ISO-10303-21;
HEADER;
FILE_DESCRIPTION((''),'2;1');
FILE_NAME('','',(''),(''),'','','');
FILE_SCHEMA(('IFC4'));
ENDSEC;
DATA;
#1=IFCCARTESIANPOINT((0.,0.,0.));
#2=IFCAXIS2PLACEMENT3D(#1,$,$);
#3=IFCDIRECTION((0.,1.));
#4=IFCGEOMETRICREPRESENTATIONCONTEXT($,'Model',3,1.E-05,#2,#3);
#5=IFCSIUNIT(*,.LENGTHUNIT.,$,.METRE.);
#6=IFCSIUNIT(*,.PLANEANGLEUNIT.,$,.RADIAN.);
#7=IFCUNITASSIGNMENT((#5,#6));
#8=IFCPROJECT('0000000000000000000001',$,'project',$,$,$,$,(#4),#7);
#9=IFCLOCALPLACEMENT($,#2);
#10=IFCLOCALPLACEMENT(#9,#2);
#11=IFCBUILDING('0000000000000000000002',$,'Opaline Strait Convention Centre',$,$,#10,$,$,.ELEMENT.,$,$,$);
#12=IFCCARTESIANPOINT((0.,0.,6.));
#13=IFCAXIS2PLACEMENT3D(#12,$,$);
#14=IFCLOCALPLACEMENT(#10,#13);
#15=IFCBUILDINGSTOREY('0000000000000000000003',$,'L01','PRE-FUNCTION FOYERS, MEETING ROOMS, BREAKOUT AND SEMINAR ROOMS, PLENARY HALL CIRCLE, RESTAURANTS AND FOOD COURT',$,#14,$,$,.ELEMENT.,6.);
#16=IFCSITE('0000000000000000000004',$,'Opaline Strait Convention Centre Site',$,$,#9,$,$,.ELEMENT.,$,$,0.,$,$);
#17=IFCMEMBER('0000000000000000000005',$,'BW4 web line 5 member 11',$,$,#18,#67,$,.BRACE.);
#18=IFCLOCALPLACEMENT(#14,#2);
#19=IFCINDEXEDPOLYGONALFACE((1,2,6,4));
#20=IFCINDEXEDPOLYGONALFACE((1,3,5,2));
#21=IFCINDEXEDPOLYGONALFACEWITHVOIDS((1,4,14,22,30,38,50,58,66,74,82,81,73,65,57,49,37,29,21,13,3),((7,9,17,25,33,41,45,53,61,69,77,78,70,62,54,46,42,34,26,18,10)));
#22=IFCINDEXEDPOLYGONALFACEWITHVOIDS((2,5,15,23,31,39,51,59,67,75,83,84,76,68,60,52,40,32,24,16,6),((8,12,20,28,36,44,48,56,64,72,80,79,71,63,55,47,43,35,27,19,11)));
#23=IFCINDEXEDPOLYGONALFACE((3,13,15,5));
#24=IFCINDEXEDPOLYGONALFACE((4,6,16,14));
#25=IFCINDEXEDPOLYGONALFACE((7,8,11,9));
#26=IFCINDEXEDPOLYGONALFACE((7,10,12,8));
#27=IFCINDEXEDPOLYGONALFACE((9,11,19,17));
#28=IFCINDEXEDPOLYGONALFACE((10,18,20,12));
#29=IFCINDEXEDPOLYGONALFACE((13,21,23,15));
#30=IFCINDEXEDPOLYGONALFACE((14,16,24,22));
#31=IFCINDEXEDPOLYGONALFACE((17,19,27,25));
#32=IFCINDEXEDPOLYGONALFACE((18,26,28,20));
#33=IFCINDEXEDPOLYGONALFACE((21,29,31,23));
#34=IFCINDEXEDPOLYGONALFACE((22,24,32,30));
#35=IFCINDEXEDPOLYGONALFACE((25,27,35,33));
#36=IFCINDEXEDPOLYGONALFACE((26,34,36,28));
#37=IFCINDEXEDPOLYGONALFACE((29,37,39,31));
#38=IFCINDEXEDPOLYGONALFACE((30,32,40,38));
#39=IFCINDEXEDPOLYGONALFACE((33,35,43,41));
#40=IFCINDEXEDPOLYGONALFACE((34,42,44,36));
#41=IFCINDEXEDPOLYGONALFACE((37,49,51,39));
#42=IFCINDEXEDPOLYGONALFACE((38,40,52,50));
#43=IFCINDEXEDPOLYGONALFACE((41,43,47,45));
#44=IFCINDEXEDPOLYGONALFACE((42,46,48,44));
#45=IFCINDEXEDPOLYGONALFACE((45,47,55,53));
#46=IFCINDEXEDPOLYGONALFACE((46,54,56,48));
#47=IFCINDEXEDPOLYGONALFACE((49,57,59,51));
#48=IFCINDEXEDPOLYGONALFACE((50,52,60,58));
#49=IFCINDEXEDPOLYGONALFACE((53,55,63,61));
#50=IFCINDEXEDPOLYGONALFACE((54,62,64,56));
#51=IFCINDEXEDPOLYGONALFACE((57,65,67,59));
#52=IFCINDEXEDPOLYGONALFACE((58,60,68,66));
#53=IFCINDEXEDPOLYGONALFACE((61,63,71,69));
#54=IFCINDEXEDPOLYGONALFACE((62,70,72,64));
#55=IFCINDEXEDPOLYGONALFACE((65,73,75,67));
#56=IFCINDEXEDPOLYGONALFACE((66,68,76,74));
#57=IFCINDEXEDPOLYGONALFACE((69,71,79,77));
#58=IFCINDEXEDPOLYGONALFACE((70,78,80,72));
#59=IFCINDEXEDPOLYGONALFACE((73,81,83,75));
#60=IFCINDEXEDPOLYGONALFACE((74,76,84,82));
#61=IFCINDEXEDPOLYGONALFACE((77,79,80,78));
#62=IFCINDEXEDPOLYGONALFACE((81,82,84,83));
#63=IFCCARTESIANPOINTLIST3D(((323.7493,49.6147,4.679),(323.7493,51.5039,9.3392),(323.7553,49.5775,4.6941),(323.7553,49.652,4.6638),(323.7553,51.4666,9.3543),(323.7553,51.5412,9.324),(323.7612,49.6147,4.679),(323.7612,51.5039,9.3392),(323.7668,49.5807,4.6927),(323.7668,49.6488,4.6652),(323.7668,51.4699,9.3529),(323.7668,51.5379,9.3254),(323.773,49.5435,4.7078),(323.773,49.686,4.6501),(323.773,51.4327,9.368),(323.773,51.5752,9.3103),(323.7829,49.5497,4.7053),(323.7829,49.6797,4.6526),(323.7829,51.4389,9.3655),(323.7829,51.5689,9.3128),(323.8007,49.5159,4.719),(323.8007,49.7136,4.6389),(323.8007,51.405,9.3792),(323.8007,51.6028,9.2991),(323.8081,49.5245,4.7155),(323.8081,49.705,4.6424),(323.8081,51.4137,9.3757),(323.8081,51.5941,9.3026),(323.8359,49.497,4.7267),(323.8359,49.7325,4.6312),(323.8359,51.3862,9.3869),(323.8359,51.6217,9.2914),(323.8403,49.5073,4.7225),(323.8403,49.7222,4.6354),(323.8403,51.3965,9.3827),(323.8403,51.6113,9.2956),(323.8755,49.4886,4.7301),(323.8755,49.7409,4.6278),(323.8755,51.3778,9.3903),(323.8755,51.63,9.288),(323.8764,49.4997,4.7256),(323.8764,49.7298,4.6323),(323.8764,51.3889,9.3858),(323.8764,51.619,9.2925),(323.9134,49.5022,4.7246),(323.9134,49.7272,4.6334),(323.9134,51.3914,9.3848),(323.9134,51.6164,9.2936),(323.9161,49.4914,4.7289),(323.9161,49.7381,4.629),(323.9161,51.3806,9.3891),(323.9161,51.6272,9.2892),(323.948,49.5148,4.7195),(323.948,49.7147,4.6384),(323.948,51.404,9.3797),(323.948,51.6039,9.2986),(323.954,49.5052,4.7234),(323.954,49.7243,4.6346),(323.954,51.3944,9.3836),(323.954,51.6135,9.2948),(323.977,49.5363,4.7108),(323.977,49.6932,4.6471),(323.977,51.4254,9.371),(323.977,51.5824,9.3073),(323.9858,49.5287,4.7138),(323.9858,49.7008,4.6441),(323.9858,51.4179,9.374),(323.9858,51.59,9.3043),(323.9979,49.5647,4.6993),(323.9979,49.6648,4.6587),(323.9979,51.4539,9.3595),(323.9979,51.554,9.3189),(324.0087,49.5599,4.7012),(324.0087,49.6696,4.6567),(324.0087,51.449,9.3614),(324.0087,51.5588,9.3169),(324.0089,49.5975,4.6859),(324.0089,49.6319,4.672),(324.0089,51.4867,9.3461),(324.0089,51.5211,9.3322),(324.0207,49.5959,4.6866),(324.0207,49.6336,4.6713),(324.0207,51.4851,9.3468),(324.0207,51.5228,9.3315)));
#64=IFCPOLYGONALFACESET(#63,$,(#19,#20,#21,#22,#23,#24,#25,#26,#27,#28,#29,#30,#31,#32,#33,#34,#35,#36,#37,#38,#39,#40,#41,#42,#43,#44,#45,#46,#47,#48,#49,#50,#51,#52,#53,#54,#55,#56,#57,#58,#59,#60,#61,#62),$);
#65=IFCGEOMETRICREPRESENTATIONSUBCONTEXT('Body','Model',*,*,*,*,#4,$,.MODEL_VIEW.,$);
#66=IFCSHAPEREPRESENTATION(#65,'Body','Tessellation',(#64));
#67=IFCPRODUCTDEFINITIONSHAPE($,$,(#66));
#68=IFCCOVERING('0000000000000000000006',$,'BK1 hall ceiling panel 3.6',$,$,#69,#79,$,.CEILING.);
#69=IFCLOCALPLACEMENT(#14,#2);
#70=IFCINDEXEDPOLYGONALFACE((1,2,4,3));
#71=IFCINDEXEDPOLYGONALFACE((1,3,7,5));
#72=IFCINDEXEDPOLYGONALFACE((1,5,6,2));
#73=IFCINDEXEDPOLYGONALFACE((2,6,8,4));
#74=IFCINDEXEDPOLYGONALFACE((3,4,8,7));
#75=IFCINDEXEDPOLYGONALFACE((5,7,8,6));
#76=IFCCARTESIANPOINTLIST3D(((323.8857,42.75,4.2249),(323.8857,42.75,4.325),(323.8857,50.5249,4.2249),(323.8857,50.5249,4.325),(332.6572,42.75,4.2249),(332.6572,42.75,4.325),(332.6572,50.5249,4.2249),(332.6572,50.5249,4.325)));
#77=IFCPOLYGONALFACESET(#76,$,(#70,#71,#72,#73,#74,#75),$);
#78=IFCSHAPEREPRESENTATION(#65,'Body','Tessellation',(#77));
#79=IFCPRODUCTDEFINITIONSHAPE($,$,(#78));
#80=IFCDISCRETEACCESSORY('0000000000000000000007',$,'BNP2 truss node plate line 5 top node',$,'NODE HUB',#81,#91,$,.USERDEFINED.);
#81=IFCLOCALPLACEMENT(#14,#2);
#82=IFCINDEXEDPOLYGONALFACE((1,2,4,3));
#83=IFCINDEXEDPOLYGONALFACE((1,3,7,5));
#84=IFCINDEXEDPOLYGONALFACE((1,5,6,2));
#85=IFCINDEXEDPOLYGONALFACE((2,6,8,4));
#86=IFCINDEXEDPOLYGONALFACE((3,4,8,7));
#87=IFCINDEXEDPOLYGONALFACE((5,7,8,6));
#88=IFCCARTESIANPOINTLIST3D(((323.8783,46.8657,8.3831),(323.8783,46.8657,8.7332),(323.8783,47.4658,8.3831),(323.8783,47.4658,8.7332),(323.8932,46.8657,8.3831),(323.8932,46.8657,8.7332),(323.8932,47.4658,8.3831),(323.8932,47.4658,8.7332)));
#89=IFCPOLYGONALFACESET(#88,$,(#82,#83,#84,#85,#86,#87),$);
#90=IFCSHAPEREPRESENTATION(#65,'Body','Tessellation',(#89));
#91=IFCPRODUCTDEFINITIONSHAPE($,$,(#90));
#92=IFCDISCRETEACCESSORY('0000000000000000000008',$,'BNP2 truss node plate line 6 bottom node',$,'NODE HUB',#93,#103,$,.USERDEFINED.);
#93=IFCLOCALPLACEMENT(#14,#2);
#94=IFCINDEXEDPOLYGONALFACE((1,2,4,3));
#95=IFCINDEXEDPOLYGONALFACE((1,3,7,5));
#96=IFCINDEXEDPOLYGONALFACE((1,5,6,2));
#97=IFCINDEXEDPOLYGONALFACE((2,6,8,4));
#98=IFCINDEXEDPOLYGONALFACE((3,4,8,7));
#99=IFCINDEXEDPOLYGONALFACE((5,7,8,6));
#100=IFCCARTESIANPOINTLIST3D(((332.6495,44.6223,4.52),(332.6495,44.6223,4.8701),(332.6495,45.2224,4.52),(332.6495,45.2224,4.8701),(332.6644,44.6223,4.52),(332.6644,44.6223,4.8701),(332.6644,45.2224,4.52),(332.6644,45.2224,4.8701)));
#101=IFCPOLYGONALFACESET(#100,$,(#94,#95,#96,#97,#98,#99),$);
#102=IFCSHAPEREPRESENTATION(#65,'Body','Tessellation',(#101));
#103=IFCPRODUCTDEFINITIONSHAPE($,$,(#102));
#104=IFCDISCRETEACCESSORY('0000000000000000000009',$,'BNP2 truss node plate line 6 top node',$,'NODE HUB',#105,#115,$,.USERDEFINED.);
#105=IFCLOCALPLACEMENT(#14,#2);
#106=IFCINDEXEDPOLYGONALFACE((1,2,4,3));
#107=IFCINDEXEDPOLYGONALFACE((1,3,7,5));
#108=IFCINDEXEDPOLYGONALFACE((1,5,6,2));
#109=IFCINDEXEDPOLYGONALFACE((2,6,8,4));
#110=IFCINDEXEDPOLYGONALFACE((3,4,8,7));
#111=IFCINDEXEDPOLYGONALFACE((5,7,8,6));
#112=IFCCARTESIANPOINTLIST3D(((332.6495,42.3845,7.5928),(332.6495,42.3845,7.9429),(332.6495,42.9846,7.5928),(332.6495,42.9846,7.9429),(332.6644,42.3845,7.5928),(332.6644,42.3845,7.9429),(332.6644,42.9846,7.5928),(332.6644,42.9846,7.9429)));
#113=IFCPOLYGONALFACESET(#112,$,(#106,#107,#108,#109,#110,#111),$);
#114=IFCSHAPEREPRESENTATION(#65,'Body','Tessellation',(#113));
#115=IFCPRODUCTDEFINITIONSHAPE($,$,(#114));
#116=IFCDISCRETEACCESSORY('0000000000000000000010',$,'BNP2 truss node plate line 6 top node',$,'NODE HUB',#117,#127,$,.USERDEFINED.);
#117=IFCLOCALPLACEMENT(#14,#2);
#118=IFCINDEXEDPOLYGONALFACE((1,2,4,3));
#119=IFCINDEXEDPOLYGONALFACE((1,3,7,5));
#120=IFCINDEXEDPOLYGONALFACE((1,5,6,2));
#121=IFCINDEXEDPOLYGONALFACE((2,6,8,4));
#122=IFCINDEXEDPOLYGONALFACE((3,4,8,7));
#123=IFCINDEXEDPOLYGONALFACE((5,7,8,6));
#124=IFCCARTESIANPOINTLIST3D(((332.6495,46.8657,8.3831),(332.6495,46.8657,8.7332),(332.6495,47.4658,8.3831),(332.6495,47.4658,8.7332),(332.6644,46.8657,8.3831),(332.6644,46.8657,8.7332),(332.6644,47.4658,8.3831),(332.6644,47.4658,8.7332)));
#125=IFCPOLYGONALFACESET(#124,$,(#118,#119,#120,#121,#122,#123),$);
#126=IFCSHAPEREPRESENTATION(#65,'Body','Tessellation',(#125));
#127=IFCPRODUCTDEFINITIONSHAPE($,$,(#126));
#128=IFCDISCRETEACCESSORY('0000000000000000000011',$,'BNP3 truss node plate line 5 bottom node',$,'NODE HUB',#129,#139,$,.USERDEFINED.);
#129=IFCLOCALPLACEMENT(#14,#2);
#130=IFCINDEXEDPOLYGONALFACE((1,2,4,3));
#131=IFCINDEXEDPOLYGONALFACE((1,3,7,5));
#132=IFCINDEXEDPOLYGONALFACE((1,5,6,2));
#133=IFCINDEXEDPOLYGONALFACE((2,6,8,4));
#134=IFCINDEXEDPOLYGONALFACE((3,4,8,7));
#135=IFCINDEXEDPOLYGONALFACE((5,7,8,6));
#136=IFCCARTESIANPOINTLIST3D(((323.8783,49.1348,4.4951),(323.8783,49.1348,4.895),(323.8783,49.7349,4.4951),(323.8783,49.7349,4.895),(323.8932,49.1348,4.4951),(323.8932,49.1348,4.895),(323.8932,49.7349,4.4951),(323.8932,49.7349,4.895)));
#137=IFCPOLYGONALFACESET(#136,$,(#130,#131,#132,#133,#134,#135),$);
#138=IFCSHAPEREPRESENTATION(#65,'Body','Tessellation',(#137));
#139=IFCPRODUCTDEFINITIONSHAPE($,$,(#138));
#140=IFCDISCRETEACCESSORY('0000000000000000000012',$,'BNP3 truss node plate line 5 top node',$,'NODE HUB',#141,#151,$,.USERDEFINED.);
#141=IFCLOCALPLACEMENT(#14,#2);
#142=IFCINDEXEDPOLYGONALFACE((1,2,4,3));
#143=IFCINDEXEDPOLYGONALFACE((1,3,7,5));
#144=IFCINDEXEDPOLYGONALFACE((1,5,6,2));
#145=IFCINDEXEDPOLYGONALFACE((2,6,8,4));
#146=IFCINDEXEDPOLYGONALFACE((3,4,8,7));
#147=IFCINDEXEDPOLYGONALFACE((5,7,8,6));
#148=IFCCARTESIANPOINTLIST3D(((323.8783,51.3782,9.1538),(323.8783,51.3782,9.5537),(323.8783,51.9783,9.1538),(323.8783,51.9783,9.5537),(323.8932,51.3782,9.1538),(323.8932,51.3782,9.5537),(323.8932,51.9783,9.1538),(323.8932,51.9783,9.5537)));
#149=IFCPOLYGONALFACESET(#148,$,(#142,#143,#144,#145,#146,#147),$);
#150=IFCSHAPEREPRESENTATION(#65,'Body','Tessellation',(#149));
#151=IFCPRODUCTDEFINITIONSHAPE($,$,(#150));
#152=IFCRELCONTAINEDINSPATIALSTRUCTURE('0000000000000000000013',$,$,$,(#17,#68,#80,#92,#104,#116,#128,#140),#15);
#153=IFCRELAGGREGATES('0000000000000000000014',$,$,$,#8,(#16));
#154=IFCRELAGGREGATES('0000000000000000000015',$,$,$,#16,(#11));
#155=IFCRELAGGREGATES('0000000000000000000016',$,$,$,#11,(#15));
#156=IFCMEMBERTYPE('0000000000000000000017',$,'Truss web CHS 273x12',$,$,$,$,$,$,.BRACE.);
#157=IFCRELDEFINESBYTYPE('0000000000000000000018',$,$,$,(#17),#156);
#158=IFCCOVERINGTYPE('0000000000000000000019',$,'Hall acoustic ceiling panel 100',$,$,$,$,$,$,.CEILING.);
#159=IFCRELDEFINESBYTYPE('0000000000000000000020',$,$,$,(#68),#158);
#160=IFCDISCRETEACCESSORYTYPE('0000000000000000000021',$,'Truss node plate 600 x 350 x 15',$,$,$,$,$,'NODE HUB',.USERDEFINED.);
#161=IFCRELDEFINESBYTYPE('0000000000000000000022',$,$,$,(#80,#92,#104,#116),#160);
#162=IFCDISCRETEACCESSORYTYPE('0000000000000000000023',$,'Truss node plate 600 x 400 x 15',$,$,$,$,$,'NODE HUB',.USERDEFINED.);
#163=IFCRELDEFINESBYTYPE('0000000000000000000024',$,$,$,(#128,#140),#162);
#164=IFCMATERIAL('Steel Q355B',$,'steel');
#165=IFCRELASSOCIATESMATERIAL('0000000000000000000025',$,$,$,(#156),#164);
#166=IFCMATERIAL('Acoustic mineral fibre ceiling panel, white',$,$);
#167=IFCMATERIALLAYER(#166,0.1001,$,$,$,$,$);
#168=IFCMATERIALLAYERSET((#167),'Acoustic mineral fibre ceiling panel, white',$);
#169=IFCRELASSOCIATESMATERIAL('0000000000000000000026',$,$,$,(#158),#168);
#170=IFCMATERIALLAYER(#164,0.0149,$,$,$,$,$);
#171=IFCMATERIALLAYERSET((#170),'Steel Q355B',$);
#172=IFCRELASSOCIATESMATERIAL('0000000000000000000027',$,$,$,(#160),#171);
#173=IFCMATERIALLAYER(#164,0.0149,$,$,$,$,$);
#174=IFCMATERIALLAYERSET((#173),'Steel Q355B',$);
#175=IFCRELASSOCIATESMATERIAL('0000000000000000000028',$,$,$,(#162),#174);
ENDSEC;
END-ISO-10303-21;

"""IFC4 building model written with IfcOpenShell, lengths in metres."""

from ifc_helpers import new_model, si_unit, direction, frame, origin, origin_2d, place, context, subcontext, project, spatial, rectangle, hollow_circle, extrude, material, layer, layer_set, material_profile, profile_set, type_object, element, save


model = new_model("IFC4")

# Units and contexts
model_context = context("Model", 3, precision=1e-05, world=origin(), true_north=direction((0.0, 1.0)))
body_context = subcontext(model_context, "Body", "Model", "MODEL_VIEW")
ifc_project = project(units=[si_unit("LENGTHUNIT", "METRE"), si_unit("PLANEANGLEUNIT", "RADIAN")], contexts=[model_context])

# Site, building, storey
site_placement = place(None, origin())
site = spatial("IfcSite", under=ifc_project, at=site_placement, Name="Opaline Strait Convention Centre Site", CompositionType="ELEMENT", RefElevation=0.0)
building_placement = place(site_placement, origin())
building = spatial("IfcBuilding", under=site, at=building_placement, Name="Opaline Strait Convention Centre", CompositionType="ELEMENT")
storey_placement = place(building_placement, frame((0.0, 0.0, 6.0)))
storey = spatial("IfcBuildingStorey", under=building, at=storey_placement, Name="L01", Description="PRE-FUNCTION FOYERS, MEETING ROOMS, BREAKOUT AND SEMINAR ROOMS, PLENARY HALL CIRCLE, RESTAURANTS AND FOOD COURT", CompositionType="ELEMENT", Elevation=6.0)

# Member
ifc_material_1 = material(Name="Steel Q355B", Category="steel")
ifc_material_profile_1 = material_profile(ifc_material_1, hollow_circle(Radius=0.1365, WallThickness=0.012, at=origin_2d()), Name="CHS 273x12")
ifc_profile_set_1 = profile_set([ifc_material_profile_1], Name="Steel Q355B")
member_type_1 = type_object("IfcMemberType", Name="Truss web CHS 273x12", PredefinedType="BRACE", material=ifc_profile_set_1)
member_1_placement = place(storey_placement, frame((323.8857, 49.6147, 4.679), z_axis=(0.0, 0.375689, 0.926746), x_axis=(-1.0, 0.0, 0.0)))
element("IfcMember", 1, at=member_1_placement, inside=storey, type_object=member_type_1, Name="BW4 web line 5 member 11", PredefinedType="BRACE", context=body_context, shape_type="SweptSolid", body=[
    extrude(hollow_circle(Radius=0.1365, WallThickness=0.012, at=origin_2d()), origin(), (0.0, 0.0, 1.0), 5.0286),
])

# Covering
ifc_material_2 = material(Name="Acoustic mineral fibre ceiling panel, white")
ifc_layer_1 = layer(ifc_material_2, 0.1001)
ifc_layer_set_1 = layer_set([ifc_layer_1], Name="Acoustic mineral fibre ceiling panel, white")
covering_type = type_object("IfcCoveringType", Name="Hall acoustic ceiling panel 100", PredefinedType="CEILING", material=ifc_layer_set_1)
covering_placement = place(storey_placement, frame((328.2715, 46.6375, 4.2249), z_axis=(0.0, 0.0, 1.0), x_axis=(1.0, 0.0, 0.0)))
element("IfcCovering", 2, at=covering_placement, inside=storey, type_object=covering_type, Name="BK1 hall ceiling panel 3.6", PredefinedType="CEILING", context=body_context, shape_type="SweptSolid", body=[
    extrude(rectangle(XDim=8.7715, YDim=7.7749, at=origin_2d()), origin(), (0.0, 0.0, 1.0), 0.1001),
])

# Discrete accessories
ifc_layer_2 = layer(ifc_material_1, 0.0149)
ifc_layer_set_2 = layer_set([ifc_layer_2], Name="Steel Q355B")
discrete_accessory_type_1 = type_object("IfcDiscreteAccessoryType", Name="Truss node plate 600 x 350 x 15", ElementType="NODE HUB", PredefinedType="USERDEFINED", material=ifc_layer_set_2)
for number, where, z_axis, x_axis, name in (
    (3, (323.8857, 47.1658, 8.3831), (0.0, 0.0, 1.0), (1.0, 0.0, 0.0), "BNP2 truss node plate line 5 top node"),
    (4, (332.657, 44.9224, 4.52), (0.0, 0.0, 1.0), (1.0, 0.0, 0.0), "BNP2 truss node plate line 6 bottom node"),
    (5, (332.657, 42.6846, 7.5928), (0.0, 0.0, 1.0), (1.0, 0.0, 0.0), "BNP2 truss node plate line 6 top node"),
    (6, (332.657, 47.1658, 8.3831), (0.0, 0.0, 1.0), (1.0, 0.0, 0.0), "BNP2 truss node plate line 6 top node"),
):
    element("IfcDiscreteAccessory", number, at=place(storey_placement, frame(where, z_axis=z_axis, x_axis=x_axis)), inside=storey, type_object=discrete_accessory_type_1, Name=name, ObjectType="NODE HUB", PredefinedType="USERDEFINED", context=body_context, shape_type="SweptSolid", body=[
        extrude(rectangle(XDim=0.0149, YDim=0.6001, at=origin_2d()), origin(), (0.0, 0.0, 1.0), 0.3501),
    ])
ifc_layer_3 = layer(ifc_material_1, 0.0149)
ifc_layer_set_3 = layer_set([ifc_layer_3], Name="Steel Q355B")
discrete_accessory_type_2 = type_object("IfcDiscreteAccessoryType", Name="Truss node plate 600 x 400 x 15", ElementType="NODE HUB", PredefinedType="USERDEFINED", material=ifc_layer_set_3)
for number, where, z_axis, x_axis, name in (
    (7, (323.8857, 49.4348, 4.4951), (0.0, 0.0, 1.0), (1.0, 0.0, 0.0), "BNP3 truss node plate line 5 bottom node"),
    (8, (323.8857, 51.6782, 9.1538), (0.0, 0.0, 1.0), (1.0, 0.0, 0.0), "BNP3 truss node plate line 5 top node"),
):
    element("IfcDiscreteAccessory", number, at=place(storey_placement, frame(where, z_axis=z_axis, x_axis=x_axis)), inside=storey, type_object=discrete_accessory_type_2, Name=name, ObjectType="NODE HUB", PredefinedType="USERDEFINED", context=body_context, shape_type="SweptSolid", body=[
        extrude(rectangle(XDim=0.0149, YDim=0.6001, at=origin_2d()), origin(), (0.0, 0.0, 1.0), 0.3999),
    ])

save(model, "model.ifc")
